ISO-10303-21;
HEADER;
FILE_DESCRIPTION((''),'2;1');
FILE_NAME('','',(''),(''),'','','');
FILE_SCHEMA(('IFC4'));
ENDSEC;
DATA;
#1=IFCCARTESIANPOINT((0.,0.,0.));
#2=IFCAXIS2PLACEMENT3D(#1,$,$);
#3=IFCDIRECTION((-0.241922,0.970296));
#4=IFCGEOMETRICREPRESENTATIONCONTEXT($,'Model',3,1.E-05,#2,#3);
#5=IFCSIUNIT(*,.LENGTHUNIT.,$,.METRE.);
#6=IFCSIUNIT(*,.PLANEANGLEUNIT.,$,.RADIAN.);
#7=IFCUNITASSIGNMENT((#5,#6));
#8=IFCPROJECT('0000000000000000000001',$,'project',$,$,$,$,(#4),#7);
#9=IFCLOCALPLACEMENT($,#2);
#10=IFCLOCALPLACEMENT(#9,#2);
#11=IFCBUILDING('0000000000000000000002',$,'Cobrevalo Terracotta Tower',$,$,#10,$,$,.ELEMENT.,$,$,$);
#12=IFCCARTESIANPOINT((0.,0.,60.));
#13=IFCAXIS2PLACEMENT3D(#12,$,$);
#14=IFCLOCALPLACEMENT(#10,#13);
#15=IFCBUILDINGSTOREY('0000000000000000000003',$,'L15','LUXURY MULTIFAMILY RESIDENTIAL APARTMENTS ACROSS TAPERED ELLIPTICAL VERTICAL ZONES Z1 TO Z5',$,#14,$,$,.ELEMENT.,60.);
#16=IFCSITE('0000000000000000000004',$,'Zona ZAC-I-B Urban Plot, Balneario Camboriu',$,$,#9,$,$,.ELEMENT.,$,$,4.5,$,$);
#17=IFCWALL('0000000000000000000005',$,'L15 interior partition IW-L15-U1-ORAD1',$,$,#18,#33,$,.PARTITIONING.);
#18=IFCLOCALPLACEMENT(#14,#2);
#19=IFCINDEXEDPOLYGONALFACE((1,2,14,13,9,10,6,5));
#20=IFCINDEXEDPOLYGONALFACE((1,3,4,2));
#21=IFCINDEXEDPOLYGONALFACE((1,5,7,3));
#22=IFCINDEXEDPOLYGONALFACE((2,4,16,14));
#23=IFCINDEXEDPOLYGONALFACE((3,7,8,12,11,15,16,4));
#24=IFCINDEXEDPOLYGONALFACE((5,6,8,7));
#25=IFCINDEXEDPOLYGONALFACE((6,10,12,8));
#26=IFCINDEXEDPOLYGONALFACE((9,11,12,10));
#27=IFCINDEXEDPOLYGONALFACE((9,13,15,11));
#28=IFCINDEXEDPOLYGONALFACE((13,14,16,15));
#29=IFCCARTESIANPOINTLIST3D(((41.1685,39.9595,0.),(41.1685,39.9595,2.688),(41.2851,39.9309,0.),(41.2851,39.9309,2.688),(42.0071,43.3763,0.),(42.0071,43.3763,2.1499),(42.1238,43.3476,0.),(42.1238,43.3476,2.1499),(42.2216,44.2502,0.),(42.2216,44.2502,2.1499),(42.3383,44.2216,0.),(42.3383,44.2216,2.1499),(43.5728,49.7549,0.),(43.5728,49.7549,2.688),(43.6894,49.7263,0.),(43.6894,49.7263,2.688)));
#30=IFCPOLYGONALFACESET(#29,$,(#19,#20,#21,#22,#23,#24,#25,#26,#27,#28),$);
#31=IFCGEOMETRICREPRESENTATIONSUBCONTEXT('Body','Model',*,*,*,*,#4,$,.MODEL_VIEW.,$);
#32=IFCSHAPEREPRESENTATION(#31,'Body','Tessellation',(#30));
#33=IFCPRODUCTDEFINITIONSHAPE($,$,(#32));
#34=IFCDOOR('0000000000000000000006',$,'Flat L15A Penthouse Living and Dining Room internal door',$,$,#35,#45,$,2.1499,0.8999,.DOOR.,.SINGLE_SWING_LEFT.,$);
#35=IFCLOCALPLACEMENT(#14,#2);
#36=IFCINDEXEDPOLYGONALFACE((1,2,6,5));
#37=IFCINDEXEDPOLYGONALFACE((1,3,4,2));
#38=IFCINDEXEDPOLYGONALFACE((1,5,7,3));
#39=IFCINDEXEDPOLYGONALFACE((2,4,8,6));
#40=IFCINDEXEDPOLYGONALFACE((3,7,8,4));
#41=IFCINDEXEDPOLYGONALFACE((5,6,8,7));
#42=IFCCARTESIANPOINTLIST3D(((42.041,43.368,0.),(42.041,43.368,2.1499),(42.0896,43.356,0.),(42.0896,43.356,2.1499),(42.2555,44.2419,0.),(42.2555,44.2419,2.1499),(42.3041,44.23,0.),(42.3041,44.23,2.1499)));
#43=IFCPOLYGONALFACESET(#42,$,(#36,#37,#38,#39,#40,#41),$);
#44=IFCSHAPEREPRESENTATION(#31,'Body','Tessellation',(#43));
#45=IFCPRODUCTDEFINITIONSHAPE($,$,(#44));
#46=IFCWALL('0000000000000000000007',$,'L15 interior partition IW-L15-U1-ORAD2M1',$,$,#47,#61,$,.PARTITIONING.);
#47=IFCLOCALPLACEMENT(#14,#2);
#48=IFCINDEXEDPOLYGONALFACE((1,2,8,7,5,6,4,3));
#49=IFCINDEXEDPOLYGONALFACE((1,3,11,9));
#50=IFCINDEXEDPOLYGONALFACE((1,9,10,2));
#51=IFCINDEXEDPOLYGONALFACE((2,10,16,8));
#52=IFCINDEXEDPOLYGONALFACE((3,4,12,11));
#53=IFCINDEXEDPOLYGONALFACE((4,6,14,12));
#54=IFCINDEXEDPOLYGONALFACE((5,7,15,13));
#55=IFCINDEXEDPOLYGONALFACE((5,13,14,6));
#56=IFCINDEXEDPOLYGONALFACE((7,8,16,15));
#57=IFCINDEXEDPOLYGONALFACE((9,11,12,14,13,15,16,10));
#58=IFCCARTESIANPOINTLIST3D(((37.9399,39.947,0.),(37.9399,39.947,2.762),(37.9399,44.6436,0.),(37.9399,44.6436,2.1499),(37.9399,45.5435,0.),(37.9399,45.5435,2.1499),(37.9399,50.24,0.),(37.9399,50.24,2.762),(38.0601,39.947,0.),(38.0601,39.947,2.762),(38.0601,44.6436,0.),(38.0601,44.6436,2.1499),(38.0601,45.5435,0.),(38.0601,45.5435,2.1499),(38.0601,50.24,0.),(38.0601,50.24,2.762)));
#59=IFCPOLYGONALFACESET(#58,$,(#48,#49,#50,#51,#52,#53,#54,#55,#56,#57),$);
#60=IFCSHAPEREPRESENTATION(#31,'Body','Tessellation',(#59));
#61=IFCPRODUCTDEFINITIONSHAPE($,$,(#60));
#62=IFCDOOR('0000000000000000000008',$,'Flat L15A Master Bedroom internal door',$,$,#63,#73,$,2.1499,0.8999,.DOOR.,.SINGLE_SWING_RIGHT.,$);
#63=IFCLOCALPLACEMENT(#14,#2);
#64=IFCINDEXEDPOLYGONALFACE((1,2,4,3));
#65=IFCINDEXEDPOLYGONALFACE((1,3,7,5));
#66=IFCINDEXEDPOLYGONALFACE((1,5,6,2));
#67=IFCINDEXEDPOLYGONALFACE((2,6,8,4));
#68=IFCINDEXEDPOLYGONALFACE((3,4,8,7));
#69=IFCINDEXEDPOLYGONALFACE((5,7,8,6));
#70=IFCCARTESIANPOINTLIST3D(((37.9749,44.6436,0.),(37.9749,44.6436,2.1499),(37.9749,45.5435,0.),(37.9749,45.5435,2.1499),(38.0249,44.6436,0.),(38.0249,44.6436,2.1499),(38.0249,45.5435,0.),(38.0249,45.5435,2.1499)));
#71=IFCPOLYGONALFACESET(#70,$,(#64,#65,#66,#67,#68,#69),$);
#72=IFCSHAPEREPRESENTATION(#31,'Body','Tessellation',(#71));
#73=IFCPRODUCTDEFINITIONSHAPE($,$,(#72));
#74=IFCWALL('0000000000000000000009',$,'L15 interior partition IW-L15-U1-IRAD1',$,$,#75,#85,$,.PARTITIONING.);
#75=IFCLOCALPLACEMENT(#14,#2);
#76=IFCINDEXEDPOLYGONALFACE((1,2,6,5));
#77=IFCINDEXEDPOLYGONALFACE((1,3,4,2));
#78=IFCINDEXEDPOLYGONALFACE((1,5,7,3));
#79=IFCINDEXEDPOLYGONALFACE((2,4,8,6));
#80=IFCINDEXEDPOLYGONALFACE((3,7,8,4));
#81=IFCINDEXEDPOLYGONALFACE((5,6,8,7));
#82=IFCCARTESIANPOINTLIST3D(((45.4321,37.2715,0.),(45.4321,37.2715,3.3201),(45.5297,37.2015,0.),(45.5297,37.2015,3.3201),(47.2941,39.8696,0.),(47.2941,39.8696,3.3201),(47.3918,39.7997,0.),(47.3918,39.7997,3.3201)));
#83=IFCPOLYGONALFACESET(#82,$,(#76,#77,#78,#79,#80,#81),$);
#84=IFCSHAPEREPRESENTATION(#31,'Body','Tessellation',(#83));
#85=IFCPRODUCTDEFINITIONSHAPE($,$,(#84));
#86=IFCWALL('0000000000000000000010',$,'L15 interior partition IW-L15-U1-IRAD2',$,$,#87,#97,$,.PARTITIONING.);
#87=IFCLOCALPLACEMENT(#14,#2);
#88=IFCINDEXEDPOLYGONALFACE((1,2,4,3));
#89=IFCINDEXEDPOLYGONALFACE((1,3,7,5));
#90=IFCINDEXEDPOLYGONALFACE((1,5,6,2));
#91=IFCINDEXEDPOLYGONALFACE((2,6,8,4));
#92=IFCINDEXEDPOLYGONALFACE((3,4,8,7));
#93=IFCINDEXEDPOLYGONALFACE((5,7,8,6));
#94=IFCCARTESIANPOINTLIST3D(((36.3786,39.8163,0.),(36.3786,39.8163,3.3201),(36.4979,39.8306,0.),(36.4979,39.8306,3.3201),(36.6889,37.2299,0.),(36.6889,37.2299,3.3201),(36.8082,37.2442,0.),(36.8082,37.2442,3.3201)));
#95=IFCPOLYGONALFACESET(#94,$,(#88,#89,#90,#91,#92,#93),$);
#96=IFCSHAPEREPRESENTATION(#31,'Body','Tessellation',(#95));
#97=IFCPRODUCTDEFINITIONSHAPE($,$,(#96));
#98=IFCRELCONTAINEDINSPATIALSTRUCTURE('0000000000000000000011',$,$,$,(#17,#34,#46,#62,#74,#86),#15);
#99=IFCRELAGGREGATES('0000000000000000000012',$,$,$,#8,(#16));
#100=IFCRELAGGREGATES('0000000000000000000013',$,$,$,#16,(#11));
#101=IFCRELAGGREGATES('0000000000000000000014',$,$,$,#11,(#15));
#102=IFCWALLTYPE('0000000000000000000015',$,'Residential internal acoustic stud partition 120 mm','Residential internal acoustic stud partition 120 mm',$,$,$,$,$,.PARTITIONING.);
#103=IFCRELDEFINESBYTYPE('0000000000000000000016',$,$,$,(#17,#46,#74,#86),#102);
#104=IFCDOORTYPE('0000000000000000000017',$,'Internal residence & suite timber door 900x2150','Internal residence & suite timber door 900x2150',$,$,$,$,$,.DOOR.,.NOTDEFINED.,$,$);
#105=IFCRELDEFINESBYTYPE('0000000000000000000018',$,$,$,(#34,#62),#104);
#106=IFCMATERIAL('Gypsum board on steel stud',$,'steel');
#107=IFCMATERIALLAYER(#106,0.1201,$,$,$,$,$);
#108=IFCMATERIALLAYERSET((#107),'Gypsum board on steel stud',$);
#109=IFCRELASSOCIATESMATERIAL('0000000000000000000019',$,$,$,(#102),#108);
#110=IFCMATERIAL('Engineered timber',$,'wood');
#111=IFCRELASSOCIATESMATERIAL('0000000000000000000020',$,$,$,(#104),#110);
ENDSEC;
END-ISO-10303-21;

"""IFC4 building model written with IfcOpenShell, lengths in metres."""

from ifc_helpers import new_model, si_unit, direction, frame, frame_2d, origin, place, context, subcontext, project, spatial, rectangle, extrude, source, transform, mapped, material, layer, layer_set, type_object, element, fill, save


model = new_model("IFC4")

# Units and contexts
model_context = context("Model", 3, precision=1e-05, world=origin(), true_north=direction((-0.241922, 0.970296)))
body_context = subcontext(model_context, "Body", "Model", "MODEL_VIEW")
ifc_project = project(units=[si_unit("LENGTHUNIT", "METRE"), si_unit("PLANEANGLEUNIT", "RADIAN")], contexts=[model_context])

# Site, building, storey
site_placement = place(None, origin())
site = spatial("IfcSite", under=ifc_project, at=site_placement, Name="Zona ZAC-I-B Urban Plot, Balneario Camboriu", CompositionType="ELEMENT", RefElevation=4.5)
building_placement = place(site_placement, origin())
building = spatial("IfcBuilding", under=site, at=building_placement, Name="Cobrevalo Terracotta Tower", CompositionType="ELEMENT")
storey_placement = place(building_placement, frame((0.0, 0.0, 60.0)))
storey = spatial("IfcBuildingStorey", under=building, at=storey_placement, Name="L15", Description="LUXURY MULTIFAMILY RESIDENTIAL APARTMENTS ACROSS TAPERED ELLIPTICAL VERTICAL ZONES Z1 TO Z5", CompositionType="ELEMENT", Elevation=60.0)

# Walls, openings, doors
ifc_material_1 = material(Name="Gypsum board on steel stud", Category="steel")
ifc_layer_1 = layer(ifc_material_1, 0.1201)
ifc_layer_set_1 = layer_set([ifc_layer_1], Name="Gypsum board on steel stud")
wall_type = type_object("IfcWallType", Name="Residential internal acoustic stud partition 120 mm", Description="Residential internal acoustic stud partition 120 mm", PredefinedType="PARTITIONING", material=ifc_layer_set_1)
wall_1_placement = place(storey_placement, frame((41.2268, 39.9453, 0.0), z_axis=(0.0, 0.0, 1.0), x_axis=(0.238376, 0.971173, 0.0)))
wall_1 = element("IfcWall", 1, at=wall_1_placement, inside=storey, type_object=wall_type, Name="L15 interior partition IW-L15-U1-ORAD1", PredefinedType="PARTITIONING", context=body_context, shape_type="SweptSolid", body=[
    extrude(rectangle(XDim=10.0862, YDim=0.1201, at=frame_2d((5.043, 0.0))), origin(), (0.0, 0.0, 1.0), 2.688),
])
opening_1_placement = place(wall_1_placement, frame((3.5181, 0.0, 0.0)))
opening_1 = element("IfcOpeningElement", 2, at=opening_1_placement, cuts=wall_1, PredefinedType="OPENING", context=body_context, shape_type="SweptSolid", body=[
    extrude(rectangle(XDim=0.8999, YDim=2.1499, at=frame_2d((0.45, 1.075))), frame((0.0, 0.0701, 0.0), z_axis=(0.0, -1.0, 0.0), x_axis=(1.0, 0.0, 0.0)), (0.0, 0.0, 1.0), 0.1401),
])
ifc_material_2 = material(Name="Engineered timber", Category="wood")
door_type = type_object("IfcDoorType", Name="Internal residence & suite timber door 900x2150", Description="Internal residence & suite timber door 900x2150", OperationType="NOTDEFINED", PredefinedType="DOOR", material=ifc_material_2)
shared_shape_1 = source(origin(), body_context, "Body", "SweptSolid", [
    extrude(rectangle(XDim=0.8999, YDim=2.1499, at=frame_2d((0.45, 1.075))), frame((0.0, 0.0249, 0.0), z_axis=(0.0, -1.0, 0.0), x_axis=(1.0, 0.0, 0.0)), (0.0, 0.0, 1.0), 0.05),
])
door_1_placement = place(opening_1_placement, frame((0.8999, 0.0, 0.0), z_axis=(0.0, 0.0, 1.0), x_axis=(-1.0, 0.0, 0.0)))
door_1 = element("IfcDoor", 3, at=door_1_placement, inside=storey, type_object=door_type, Name="Flat L15A Penthouse Living and Dining Room internal door", OperationType="SINGLE_SWING_LEFT", OverallHeight=2.1499, OverallWidth=0.8999, PredefinedType="DOOR", context=body_context, shape_type="MappedRepresentation", body=[
    mapped(shared_shape_1, transform((0.0, 0.0, 0.0), scale=1.0)),
])
fill(opening_1, door_1)
wall_2_placement = place(storey_placement, frame((38.0, 39.947, 0.0), z_axis=(0.0, 0.0, 1.0), x_axis=(0.0, 1.0, 0.0)))
wall_2 = element("IfcWall", 4, at=wall_2_placement, inside=storey, type_object=wall_type, Name="L15 interior partition IW-L15-U1-ORAD2M1", PredefinedType="PARTITIONING", context=body_context, shape_type="SweptSolid", body=[
    extrude(rectangle(XDim=10.293, YDim=0.1201, at=frame_2d((5.1465, 0.0))), origin(), (0.0, 0.0, 1.0), 2.762),
])
opening_2_placement = place(wall_2_placement, frame((4.6965, 0.0, 0.0)))
opening_2 = element("IfcOpeningElement", 5, at=opening_2_placement, cuts=wall_2, PredefinedType="OPENING", context=body_context, shape_type="SweptSolid", body=[
    extrude(rectangle(XDim=0.8999, YDim=2.1499, at=frame_2d((0.45, 1.075))), frame((0.0, 0.0701, 0.0), z_axis=(0.0, -1.0, 0.0), x_axis=(1.0, 0.0, 0.0)), (0.0, 0.0, 1.0), 0.1401),
])
door_2_placement = place(opening_2_placement, frame((0.8999, 0.0, 0.0), z_axis=(0.0, 0.0, 1.0), x_axis=(-1.0, 0.0, 0.0)))
door_2 = element("IfcDoor", 6, at=door_2_placement, inside=storey, type_object=door_type, Name="Flat L15A Master Bedroom internal door", OperationType="SINGLE_SWING_RIGHT", OverallHeight=2.1499, OverallWidth=0.8999, PredefinedType="DOOR", context=body_context, shape_type="MappedRepresentation", body=[
    mapped(shared_shape_1, transform((0.0, 0.0, 0.0), scale=1.0)),
])
fill(opening_2, door_2)

# Walls
wall_3_placement = place(storey_placement, frame((45.481, 37.2366, 0.0), z_axis=(0.0, 0.0, 1.0), x_axis=(0.582531, 0.812809, 0.0)))
element("IfcWall", 7, at=wall_3_placement, inside=storey, type_object=wall_type, Name="L15 interior partition IW-L15-U1-IRAD1", PredefinedType="PARTITIONING", context=body_context, shape_type="SweptSolid", body=[
    extrude(rectangle(XDim=3.1965, YDim=0.1201, at=frame_2d((1.5981, 0.0))), origin(), (0.0, 0.0, 1.0), 3.3201),
])
wall_4_placement = place(storey_placement, frame((36.7485, 37.2371, 0.0), z_axis=(0.0, 0.0, 1.0), x_axis=(-0.119119, 0.99288, 0.0)))
element("IfcWall", 8, at=wall_4_placement, inside=storey, type_object=wall_type, Name="L15 interior partition IW-L15-U1-IRAD2", PredefinedType="PARTITIONING", context=body_context, shape_type="SweptSolid", body=[
    extrude(rectangle(XDim=2.605, YDim=0.1201, at=frame_2d((1.3025, 0.0))), origin(), (0.0, 0.0, 1.0), 3.3201),
])

save(model, "model.ifc")
